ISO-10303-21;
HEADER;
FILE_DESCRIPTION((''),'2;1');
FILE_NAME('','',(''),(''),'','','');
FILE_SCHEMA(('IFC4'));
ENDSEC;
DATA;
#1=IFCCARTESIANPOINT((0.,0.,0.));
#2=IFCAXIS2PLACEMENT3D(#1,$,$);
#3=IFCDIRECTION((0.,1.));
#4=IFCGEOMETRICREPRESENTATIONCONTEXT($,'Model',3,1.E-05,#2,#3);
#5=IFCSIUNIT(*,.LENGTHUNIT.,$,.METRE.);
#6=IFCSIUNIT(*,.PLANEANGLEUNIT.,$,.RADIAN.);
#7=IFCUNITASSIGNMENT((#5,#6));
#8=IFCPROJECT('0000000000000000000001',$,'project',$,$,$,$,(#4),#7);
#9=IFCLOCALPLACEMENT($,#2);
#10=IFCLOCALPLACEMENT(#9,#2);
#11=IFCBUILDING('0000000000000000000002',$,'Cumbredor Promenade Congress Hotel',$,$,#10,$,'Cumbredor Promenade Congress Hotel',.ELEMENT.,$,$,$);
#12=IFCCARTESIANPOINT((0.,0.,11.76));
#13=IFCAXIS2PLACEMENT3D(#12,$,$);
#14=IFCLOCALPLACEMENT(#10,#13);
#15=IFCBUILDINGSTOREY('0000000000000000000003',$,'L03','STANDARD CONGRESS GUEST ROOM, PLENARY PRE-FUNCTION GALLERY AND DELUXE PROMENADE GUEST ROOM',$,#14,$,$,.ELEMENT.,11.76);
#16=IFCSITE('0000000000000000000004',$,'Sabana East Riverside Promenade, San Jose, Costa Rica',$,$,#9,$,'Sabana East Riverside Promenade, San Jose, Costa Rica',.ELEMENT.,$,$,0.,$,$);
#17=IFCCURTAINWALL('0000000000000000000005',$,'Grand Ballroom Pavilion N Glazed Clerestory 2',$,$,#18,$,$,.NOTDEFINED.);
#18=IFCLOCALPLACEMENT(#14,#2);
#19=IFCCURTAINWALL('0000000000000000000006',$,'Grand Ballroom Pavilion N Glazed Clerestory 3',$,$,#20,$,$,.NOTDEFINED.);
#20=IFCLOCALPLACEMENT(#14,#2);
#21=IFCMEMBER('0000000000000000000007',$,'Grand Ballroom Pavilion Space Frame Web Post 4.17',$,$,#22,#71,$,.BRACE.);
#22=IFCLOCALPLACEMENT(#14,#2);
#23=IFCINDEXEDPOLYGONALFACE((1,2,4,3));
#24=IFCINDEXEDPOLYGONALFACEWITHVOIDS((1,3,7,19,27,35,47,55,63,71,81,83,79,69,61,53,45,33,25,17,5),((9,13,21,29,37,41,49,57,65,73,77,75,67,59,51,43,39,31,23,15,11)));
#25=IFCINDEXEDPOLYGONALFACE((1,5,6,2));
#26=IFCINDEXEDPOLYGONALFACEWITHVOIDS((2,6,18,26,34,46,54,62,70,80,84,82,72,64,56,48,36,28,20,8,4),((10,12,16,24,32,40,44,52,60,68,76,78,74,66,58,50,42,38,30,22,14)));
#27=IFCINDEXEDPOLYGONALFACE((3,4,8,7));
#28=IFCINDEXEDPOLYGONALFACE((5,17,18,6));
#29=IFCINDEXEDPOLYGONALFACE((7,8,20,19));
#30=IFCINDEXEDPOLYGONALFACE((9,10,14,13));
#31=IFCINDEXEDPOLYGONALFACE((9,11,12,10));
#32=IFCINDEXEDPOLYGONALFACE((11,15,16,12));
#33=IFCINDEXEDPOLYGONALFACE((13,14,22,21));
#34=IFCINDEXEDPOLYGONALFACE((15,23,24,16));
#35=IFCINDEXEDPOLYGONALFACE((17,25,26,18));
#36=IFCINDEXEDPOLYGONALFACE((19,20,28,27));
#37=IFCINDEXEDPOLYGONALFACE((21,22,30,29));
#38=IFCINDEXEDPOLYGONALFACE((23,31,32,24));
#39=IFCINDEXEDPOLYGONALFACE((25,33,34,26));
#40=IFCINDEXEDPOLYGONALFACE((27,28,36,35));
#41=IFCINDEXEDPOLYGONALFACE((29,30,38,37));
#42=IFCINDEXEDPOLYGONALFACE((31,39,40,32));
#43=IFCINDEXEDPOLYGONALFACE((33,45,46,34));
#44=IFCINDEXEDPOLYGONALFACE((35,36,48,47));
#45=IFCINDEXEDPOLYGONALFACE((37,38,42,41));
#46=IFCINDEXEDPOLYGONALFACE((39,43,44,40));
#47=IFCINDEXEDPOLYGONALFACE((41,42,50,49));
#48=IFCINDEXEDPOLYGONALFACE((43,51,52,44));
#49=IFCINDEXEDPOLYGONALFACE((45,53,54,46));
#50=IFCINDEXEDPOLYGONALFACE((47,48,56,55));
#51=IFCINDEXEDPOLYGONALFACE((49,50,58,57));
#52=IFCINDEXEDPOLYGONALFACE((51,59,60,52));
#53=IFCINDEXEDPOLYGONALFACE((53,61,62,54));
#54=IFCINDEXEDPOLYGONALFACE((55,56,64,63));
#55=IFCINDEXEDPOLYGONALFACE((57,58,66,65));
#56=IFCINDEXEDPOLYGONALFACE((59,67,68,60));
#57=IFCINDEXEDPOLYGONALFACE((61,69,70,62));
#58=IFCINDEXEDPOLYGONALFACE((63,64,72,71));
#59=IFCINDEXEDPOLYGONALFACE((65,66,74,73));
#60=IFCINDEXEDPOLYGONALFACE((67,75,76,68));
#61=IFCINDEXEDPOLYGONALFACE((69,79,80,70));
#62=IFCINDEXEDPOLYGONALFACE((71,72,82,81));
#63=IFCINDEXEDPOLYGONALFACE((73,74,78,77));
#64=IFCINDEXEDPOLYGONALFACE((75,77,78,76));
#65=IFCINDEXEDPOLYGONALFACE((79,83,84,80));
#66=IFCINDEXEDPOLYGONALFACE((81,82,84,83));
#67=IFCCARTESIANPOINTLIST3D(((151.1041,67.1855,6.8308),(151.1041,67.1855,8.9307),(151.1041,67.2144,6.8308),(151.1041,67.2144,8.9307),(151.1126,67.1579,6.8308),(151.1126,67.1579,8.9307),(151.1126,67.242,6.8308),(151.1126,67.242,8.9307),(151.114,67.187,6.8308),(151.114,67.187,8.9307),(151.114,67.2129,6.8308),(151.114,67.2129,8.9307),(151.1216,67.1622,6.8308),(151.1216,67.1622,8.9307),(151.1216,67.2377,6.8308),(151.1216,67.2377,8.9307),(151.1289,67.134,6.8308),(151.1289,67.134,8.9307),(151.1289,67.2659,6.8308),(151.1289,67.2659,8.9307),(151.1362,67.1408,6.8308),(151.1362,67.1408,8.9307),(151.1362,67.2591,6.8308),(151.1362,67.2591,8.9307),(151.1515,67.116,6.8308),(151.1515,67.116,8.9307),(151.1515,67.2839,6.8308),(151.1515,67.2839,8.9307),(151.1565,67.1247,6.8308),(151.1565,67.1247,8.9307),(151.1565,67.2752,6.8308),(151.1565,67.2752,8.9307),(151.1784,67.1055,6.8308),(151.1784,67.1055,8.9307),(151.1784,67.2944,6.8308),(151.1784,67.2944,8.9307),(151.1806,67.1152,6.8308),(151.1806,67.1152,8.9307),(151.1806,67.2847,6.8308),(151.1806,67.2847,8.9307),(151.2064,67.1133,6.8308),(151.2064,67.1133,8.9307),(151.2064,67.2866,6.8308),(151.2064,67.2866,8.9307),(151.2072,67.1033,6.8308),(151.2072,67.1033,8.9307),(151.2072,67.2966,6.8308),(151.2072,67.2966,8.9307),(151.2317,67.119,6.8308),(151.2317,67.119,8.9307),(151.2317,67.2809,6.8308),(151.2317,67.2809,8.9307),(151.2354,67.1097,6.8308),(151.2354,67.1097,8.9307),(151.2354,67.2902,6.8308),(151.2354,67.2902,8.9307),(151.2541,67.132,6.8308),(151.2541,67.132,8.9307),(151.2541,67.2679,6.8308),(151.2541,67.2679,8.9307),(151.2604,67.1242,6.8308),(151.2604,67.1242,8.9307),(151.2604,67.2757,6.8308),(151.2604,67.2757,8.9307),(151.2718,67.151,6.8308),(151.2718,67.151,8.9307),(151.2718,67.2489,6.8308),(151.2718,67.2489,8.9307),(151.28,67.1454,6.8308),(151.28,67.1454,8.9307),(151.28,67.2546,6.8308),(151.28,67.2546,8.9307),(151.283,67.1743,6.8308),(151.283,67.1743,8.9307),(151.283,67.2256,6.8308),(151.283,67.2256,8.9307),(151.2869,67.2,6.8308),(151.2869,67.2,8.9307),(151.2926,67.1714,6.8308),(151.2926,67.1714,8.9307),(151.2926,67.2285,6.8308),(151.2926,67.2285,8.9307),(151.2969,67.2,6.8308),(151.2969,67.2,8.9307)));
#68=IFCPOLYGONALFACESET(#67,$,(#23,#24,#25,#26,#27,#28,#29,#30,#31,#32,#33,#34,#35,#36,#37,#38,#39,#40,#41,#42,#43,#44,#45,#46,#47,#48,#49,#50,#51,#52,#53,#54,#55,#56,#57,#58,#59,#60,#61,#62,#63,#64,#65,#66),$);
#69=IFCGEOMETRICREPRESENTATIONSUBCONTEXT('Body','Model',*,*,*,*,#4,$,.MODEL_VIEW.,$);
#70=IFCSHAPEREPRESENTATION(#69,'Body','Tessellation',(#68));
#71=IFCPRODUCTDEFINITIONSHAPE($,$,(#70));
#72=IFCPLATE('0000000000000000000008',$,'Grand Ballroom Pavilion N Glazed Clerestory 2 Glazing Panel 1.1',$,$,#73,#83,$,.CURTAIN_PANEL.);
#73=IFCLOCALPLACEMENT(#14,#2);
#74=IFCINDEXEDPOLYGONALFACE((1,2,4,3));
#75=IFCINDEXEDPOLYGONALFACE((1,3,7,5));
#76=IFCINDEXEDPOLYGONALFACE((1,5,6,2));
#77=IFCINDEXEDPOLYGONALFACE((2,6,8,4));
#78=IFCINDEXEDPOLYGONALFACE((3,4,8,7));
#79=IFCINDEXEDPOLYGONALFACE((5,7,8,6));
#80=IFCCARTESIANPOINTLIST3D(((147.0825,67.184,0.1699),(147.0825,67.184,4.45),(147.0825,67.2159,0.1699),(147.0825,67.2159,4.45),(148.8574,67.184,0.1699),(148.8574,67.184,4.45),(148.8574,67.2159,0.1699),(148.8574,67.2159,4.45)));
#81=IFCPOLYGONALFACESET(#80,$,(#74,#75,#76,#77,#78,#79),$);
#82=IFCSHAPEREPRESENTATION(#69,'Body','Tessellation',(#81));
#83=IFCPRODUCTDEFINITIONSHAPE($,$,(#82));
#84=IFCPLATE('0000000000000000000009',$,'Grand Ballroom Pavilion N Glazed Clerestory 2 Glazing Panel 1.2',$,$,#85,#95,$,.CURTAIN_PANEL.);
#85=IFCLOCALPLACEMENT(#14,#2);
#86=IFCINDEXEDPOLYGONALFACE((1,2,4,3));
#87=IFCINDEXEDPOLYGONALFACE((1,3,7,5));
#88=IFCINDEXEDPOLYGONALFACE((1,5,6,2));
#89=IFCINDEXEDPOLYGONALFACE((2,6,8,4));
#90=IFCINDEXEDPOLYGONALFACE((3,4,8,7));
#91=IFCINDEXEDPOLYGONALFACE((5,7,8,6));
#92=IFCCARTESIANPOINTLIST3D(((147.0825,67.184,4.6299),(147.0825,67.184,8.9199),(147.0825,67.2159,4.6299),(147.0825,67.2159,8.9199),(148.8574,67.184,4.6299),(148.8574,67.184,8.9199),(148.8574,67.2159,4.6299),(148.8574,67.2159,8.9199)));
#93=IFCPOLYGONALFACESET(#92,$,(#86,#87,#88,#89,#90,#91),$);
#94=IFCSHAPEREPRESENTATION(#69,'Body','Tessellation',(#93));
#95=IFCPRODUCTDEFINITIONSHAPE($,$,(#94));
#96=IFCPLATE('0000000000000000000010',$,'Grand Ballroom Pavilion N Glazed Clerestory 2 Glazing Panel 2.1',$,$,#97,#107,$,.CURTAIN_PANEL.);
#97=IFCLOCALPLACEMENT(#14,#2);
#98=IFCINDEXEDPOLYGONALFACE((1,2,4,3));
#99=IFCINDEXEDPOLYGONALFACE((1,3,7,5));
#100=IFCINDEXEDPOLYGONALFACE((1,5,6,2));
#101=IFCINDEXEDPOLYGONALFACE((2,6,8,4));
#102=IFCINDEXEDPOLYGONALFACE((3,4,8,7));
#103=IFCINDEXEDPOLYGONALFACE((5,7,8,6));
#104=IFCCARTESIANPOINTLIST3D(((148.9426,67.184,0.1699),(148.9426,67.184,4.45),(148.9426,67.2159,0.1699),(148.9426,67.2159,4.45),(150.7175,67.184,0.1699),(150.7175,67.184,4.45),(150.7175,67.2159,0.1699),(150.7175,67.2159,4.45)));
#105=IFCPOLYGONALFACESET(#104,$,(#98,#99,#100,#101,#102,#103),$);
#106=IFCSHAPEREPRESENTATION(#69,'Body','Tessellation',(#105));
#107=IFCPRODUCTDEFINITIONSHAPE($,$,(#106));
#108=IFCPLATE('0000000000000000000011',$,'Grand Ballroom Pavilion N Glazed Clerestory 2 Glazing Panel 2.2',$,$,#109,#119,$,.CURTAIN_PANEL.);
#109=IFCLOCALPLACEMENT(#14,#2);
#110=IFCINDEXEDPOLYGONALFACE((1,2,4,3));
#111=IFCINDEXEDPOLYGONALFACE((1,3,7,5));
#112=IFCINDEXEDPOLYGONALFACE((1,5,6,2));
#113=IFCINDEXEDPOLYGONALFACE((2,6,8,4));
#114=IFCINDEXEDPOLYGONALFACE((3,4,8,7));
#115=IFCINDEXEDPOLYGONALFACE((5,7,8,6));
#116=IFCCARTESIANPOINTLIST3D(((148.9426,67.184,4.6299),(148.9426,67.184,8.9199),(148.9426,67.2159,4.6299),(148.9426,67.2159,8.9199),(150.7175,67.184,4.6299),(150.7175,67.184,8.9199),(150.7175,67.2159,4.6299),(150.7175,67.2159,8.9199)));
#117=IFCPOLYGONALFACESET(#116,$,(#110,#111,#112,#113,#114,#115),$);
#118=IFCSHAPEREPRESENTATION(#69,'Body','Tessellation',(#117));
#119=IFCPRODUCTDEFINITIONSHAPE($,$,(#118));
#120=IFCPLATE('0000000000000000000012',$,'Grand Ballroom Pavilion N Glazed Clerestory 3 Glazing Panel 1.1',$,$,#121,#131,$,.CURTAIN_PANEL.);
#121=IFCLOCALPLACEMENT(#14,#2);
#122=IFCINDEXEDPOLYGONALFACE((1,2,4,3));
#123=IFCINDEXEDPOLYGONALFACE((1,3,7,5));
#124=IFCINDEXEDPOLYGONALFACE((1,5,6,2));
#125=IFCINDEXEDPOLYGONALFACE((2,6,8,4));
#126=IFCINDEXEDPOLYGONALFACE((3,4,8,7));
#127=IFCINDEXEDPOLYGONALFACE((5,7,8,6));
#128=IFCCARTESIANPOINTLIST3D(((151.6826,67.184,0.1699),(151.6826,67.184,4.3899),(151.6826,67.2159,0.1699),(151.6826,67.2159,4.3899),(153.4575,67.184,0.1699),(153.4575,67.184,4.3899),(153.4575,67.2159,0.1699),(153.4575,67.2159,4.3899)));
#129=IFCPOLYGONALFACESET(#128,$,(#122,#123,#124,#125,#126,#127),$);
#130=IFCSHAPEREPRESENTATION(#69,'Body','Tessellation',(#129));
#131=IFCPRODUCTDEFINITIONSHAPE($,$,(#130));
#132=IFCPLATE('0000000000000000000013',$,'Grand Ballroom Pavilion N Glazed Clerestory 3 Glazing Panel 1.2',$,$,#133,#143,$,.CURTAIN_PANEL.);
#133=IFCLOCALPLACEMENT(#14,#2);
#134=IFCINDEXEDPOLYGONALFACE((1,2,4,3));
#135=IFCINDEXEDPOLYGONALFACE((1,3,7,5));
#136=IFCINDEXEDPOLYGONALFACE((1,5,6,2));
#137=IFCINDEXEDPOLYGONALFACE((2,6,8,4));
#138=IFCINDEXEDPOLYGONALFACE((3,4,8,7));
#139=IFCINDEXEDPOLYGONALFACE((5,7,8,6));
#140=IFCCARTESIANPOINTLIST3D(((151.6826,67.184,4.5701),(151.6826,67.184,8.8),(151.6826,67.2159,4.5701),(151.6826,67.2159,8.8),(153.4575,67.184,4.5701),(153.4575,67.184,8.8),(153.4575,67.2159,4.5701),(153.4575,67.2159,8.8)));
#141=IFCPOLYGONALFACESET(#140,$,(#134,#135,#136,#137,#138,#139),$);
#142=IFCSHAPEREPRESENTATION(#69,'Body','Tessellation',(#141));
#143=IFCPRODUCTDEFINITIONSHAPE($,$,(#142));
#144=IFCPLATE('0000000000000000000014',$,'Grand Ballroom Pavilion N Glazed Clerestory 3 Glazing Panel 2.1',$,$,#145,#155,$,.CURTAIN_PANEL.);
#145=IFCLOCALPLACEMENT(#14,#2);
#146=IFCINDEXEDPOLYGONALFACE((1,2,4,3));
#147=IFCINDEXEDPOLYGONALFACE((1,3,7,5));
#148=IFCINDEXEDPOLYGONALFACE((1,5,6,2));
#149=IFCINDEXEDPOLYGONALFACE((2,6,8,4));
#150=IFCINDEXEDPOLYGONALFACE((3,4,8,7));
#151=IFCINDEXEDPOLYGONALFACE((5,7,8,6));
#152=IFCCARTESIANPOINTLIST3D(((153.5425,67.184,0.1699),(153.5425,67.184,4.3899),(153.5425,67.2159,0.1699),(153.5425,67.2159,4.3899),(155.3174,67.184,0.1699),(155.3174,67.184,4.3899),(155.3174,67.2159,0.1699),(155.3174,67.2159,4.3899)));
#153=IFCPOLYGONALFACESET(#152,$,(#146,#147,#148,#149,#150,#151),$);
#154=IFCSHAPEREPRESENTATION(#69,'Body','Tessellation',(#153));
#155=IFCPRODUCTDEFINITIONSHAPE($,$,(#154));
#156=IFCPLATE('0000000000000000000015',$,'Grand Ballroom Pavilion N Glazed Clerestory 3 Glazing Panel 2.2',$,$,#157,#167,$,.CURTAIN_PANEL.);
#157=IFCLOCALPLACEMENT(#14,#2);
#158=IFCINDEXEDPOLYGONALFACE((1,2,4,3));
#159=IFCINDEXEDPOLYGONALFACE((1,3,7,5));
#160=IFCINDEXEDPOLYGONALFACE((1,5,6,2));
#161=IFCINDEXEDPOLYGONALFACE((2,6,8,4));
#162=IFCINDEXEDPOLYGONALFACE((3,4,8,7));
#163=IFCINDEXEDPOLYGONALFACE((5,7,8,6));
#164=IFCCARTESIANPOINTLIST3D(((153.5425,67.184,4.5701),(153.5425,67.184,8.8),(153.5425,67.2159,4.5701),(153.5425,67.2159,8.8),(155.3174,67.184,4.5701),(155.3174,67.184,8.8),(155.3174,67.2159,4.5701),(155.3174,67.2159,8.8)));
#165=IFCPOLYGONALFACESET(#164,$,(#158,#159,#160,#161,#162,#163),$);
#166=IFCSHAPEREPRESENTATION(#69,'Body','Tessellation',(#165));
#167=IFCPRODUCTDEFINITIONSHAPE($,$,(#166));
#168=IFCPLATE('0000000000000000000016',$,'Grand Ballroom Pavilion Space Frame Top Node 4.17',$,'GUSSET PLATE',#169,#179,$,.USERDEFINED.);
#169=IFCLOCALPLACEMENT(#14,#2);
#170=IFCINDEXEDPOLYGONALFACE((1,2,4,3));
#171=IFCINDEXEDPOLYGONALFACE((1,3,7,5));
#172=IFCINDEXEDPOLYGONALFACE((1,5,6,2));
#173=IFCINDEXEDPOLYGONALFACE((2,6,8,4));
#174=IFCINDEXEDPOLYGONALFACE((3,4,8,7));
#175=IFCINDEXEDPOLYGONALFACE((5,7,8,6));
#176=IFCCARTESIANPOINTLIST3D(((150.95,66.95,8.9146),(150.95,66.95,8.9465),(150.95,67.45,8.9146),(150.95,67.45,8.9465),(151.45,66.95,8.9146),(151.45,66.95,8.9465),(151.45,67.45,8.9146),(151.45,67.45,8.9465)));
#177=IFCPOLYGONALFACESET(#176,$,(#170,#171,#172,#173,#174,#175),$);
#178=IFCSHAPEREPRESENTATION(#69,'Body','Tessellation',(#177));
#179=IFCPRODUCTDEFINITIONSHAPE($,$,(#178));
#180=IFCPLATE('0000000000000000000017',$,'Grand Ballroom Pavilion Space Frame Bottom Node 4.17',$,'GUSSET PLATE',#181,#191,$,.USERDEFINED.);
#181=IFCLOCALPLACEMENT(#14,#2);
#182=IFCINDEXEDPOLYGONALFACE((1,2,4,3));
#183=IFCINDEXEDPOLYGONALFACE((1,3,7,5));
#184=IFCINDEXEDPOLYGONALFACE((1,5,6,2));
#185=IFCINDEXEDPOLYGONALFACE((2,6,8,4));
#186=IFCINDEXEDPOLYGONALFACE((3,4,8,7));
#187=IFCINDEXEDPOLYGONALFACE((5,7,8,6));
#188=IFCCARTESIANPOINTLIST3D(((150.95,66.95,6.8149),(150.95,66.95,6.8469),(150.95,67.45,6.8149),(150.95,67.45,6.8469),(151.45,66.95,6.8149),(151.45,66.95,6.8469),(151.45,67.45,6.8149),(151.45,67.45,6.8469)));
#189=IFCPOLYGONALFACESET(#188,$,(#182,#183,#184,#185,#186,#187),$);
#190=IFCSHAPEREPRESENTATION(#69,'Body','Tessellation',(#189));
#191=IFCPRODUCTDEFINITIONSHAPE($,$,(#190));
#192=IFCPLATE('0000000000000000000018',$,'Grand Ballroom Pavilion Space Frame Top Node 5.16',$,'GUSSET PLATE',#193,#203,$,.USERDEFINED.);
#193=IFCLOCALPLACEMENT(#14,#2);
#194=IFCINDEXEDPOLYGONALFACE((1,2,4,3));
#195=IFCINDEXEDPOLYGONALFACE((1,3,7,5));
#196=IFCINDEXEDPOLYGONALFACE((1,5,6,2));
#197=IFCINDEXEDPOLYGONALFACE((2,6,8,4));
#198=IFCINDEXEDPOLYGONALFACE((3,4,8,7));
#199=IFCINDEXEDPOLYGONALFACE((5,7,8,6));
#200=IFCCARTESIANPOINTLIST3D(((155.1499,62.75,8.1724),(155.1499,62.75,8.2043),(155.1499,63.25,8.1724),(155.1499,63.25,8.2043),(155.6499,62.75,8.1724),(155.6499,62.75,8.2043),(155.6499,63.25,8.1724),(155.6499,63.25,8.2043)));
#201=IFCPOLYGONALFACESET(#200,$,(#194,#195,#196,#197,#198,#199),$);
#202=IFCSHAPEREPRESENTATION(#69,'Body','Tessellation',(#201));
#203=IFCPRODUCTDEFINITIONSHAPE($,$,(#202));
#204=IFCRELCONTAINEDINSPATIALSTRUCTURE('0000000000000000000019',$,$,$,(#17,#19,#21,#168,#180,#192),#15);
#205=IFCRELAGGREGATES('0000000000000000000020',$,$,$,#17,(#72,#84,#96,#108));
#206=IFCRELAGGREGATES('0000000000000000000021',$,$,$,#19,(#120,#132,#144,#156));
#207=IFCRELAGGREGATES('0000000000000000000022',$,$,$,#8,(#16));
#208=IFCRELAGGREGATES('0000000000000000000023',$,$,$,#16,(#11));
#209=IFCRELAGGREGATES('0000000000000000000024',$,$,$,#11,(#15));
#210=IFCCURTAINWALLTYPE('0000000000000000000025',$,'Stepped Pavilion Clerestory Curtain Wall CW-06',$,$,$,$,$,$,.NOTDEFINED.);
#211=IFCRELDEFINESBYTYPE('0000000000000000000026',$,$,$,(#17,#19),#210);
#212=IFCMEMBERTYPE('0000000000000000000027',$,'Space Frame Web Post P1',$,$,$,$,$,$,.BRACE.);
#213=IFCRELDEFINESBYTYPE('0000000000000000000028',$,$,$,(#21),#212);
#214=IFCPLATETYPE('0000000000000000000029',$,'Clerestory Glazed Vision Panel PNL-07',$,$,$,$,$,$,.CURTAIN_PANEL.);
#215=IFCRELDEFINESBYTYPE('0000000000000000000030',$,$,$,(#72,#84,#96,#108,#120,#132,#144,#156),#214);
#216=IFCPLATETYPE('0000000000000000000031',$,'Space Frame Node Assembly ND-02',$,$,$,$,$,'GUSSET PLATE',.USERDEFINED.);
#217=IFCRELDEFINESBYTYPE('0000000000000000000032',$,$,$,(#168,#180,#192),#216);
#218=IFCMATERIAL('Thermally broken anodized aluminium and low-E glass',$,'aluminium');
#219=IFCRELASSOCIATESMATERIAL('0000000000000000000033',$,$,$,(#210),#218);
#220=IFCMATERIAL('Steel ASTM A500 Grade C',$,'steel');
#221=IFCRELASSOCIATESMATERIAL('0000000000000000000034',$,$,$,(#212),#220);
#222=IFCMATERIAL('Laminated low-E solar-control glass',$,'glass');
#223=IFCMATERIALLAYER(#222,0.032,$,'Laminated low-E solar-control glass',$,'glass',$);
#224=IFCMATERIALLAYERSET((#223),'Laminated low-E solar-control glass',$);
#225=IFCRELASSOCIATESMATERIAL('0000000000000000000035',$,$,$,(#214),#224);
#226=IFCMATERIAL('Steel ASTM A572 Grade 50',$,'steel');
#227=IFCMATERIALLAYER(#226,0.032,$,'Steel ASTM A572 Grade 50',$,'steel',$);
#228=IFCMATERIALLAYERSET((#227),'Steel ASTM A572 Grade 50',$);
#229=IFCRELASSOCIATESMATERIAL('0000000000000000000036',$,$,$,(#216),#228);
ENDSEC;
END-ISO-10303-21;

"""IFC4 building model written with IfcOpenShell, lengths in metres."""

from ifc_helpers import new_model, si_unit, direction, frame, origin, origin_2d, place, context, subcontext, project, spatial, rectangle, hollow_circle, extrude, material, layer, layer_set, material_profile, profile_set, type_object, element, aggregate, save


model = new_model("IFC4")

# Units and contexts
model_context = context("Model", 3, precision=1e-05, world=origin(), true_north=direction((0.0, 1.0)))
body_context = subcontext(model_context, "Body", "Model", "MODEL_VIEW")
ifc_project = project(units=[si_unit("LENGTHUNIT", "METRE"), si_unit("PLANEANGLEUNIT", "RADIAN")], contexts=[model_context])

# Site, building, storey
site_placement = place(None, origin())
site = spatial("IfcSite", under=ifc_project, at=site_placement, Name="Sabana East Riverside Promenade, San Jose, Costa Rica", LongName="Sabana East Riverside Promenade, San Jose, Costa Rica", CompositionType="ELEMENT", RefElevation=0.0)
building_placement = place(site_placement, origin())
building = spatial("IfcBuilding", under=site, at=building_placement, Name="Cumbredor Promenade Congress Hotel", LongName="Cumbredor Promenade Congress Hotel", CompositionType="ELEMENT")
storey_placement = place(building_placement, frame((0.0, 0.0, 11.76)))
storey = spatial("IfcBuildingStorey", under=building, at=storey_placement, Name="L03", Description="STANDARD CONGRESS GUEST ROOM, PLENARY PRE-FUNCTION GALLERY AND DELUXE PROMENADE GUEST ROOM", CompositionType="ELEMENT", Elevation=11.76)

# Shared definitions
ifc_material_1 = material(Name="Steel ASTM A500 Grade C", Category="steel")

# Curtain walls
ifc_material_2 = material(Name="Thermally broken anodized aluminium and low-E glass", Category="aluminium")
curtain_wall_type = type_object("IfcCurtainWallType", Name="Stepped Pavilion Clerestory Curtain Wall CW-06", PredefinedType="NOTDEFINED", material=ifc_material_2)
curtain_wall_1_placement = place(storey_placement, origin())
curtain_wall_1 = element("IfcCurtainWall", 1, at=curtain_wall_1_placement, inside=storey, type_object=curtain_wall_type, Name="Grand Ballroom Pavilion N Glazed Clerestory 2", PredefinedType="NOTDEFINED")
curtain_wall_2_placement = place(storey_placement, origin())
curtain_wall_2 = element("IfcCurtainWall", 2, at=curtain_wall_2_placement, inside=storey, type_object=curtain_wall_type, Name="Grand Ballroom Pavilion N Glazed Clerestory 3", PredefinedType="NOTDEFINED")

# Member
ifc_material_profile_1 = material_profile(ifc_material_1, hollow_circle(Radius=0.0969, WallThickness=0.01, at=origin_2d()), Name="CHS 193.7x10")
ifc_profile_set_1 = profile_set([ifc_material_profile_1], Name="Steel ASTM A500 Grade C")
member_type_1 = type_object("IfcMemberType", Name="Space Frame Web Post P1", PredefinedType="BRACE", material=ifc_profile_set_1)
member_1_placement = place(storey_placement, frame((151.2, 67.2, 6.8308), z_axis=(0.0, 0.0, 1.0), x_axis=(1.0, 0.0, 0.0)))
element("IfcMember", 3, at=member_1_placement, inside=storey, type_object=member_type_1, Name="Grand Ballroom Pavilion Space Frame Web Post 4.17", PredefinedType="BRACE", context=body_context, shape_type="SweptSolid", body=[
    extrude(hollow_circle(Radius=0.0969, WallThickness=0.01, at=origin_2d()), origin(), (0.0, 0.0, 1.0), 2.0999),
])

# Plates
ifc_material_3 = material(Name="Laminated low-E solar-control glass", Category="glass")
ifc_layer_1 = layer(ifc_material_3, 0.032, Name="Laminated low-E solar-control glass", Category="glass")
ifc_layer_set_1 = layer_set([ifc_layer_1], Name="Laminated low-E solar-control glass")
plate_type_1 = type_object("IfcPlateType", Name="Clerestory Glazed Vision Panel PNL-07", PredefinedType="CURTAIN_PANEL", material=ifc_layer_set_1)
plate_1_placement = place(storey_placement, frame((147.97, 67.2, 0.1699), z_axis=(0.0, 0.0, 1.0), x_axis=(1.0, 0.0, 0.0)))
plate_1 = element("IfcPlate", 4, at=plate_1_placement, type_object=plate_type_1, Name="Grand Ballroom Pavilion N Glazed Clerestory 2 Glazing Panel 1.1", PredefinedType="CURTAIN_PANEL", context=body_context, shape_type="SweptSolid", body=[
    extrude(rectangle(XDim=1.7749, YDim=0.032, at=origin_2d()), origin(), (0.0, 0.0, 1.0), 4.28),
])
plate_2_placement = place(storey_placement, frame((147.97, 67.2, 4.6299), z_axis=(0.0, 0.0, 1.0), x_axis=(1.0, 0.0, 0.0)))
plate_2 = element("IfcPlate", 5, at=plate_2_placement, type_object=plate_type_1, Name="Grand Ballroom Pavilion N Glazed Clerestory 2 Glazing Panel 1.2", PredefinedType="CURTAIN_PANEL", context=body_context, shape_type="SweptSolid", body=[
    extrude(rectangle(XDim=1.7749, YDim=0.032, at=origin_2d()), origin(), (0.0, 0.0, 1.0), 4.29),
])
plate_3_placement = place(storey_placement, frame((149.8301, 67.2, 0.1699), z_axis=(0.0, 0.0, 1.0), x_axis=(1.0, 0.0, 0.0)))
plate_3 = element("IfcPlate", 6, at=plate_3_placement, type_object=plate_type_1, Name="Grand Ballroom Pavilion N Glazed Clerestory 2 Glazing Panel 2.1", PredefinedType="CURTAIN_PANEL", context=body_context, shape_type="SweptSolid", body=[
    extrude(rectangle(XDim=1.7749, YDim=0.032, at=origin_2d()), origin(), (0.0, 0.0, 1.0), 4.28),
])
plate_4_placement = place(storey_placement, frame((149.8301, 67.2, 4.6299), z_axis=(0.0, 0.0, 1.0), x_axis=(1.0, 0.0, 0.0)))
plate_4 = element("IfcPlate", 7, at=plate_4_placement, type_object=plate_type_1, Name="Grand Ballroom Pavilion N Glazed Clerestory 2 Glazing Panel 2.2", PredefinedType="CURTAIN_PANEL", context=body_context, shape_type="SweptSolid", body=[
    extrude(rectangle(XDim=1.7749, YDim=0.032, at=origin_2d()), origin(), (0.0, 0.0, 1.0), 4.29),
])
aggregate(curtain_wall_1, [plate_1, plate_2, plate_3, plate_4])
plate_5_placement = place(storey_placement, frame((152.5701, 67.2, 0.1699), z_axis=(0.0, 0.0, 1.0), x_axis=(1.0, 0.0, 0.0)))
plate_5 = element("IfcPlate", 8, at=plate_5_placement, type_object=plate_type_1, Name="Grand Ballroom Pavilion N Glazed Clerestory 3 Glazing Panel 1.1", PredefinedType="CURTAIN_PANEL", context=body_context, shape_type="SweptSolid", body=[
    extrude(rectangle(XDim=1.7749, YDim=0.032, at=origin_2d()), origin(), (0.0, 0.0, 1.0), 4.22),
])
plate_6_placement = place(storey_placement, frame((152.5701, 67.2, 4.5701), z_axis=(0.0, 0.0, 1.0), x_axis=(1.0, 0.0, 0.0)))
plate_6 = element("IfcPlate", 9, at=plate_6_placement, type_object=plate_type_1, Name="Grand Ballroom Pavilion N Glazed Clerestory 3 Glazing Panel 1.2", PredefinedType="CURTAIN_PANEL", context=body_context, shape_type="SweptSolid", body=[
    extrude(rectangle(XDim=1.7749, YDim=0.032, at=origin_2d()), origin(), (0.0, 0.0, 1.0), 4.23),
])
plate_7_placement = place(storey_placement, frame((154.4299, 67.2, 0.1699), z_axis=(0.0, 0.0, 1.0), x_axis=(1.0, 0.0, 0.0)))
plate_7 = element("IfcPlate", 10, at=plate_7_placement, type_object=plate_type_1, Name="Grand Ballroom Pavilion N Glazed Clerestory 3 Glazing Panel 2.1", PredefinedType="CURTAIN_PANEL", context=body_context, shape_type="SweptSolid", body=[
    extrude(rectangle(XDim=1.7749, YDim=0.032, at=origin_2d()), origin(), (0.0, 0.0, 1.0), 4.22),
])
plate_8_placement = place(storey_placement, frame((154.4299, 67.2, 4.5701), z_axis=(0.0, 0.0, 1.0), x_axis=(1.0, 0.0, 0.0)))
plate_8 = element("IfcPlate", 11, at=plate_8_placement, type_object=plate_type_1, Name="Grand Ballroom Pavilion N Glazed Clerestory 3 Glazing Panel 2.2", PredefinedType="CURTAIN_PANEL", context=body_context, shape_type="SweptSolid", body=[
    extrude(rectangle(XDim=1.7749, YDim=0.032, at=origin_2d()), origin(), (0.0, 0.0, 1.0), 4.23),
])
aggregate(curtain_wall_2, [plate_5, plate_6, plate_7, plate_8])

# Plates
ifc_material_4 = material(Name="Steel ASTM A572 Grade 50", Category="steel")
ifc_layer_2 = layer(ifc_material_4, 0.032, Name="Steel ASTM A572 Grade 50", Category="steel")
ifc_layer_set_2 = layer_set([ifc_layer_2], Name="Steel ASTM A572 Grade 50")
plate_type_2 = type_object("IfcPlateType", Name="Space Frame Node Assembly ND-02", ElementType="GUSSET PLATE", PredefinedType="USERDEFINED", material=ifc_layer_set_2)
for number, where, z_axis, x_axis, name in (
    (12, (151.2, 67.2, 8.9146), (0.0, 0.0, 1.0), (1.0, 0.0, 0.0), "Grand Ballroom Pavilion Space Frame Top Node 4.17"),
    (13, (151.2, 67.2, 6.8149), (0.0, 0.0, 1.0), (1.0, 0.0, 0.0), "Grand Ballroom Pavilion Space Frame Bottom Node 4.17"),
    (14, (155.3999, 63.0, 8.1724), (0.0, 0.0, 1.0), (1.0, 0.0, 0.0), "Grand Ballroom Pavilion Space Frame Top Node 5.16"),
):
    element("IfcPlate", number, at=place(storey_placement, frame(where, z_axis=z_axis, x_axis=x_axis)), inside=storey, type_object=plate_type_2, Name=name, ObjectType="GUSSET PLATE", PredefinedType="USERDEFINED", context=body_context, shape_type="SweptSolid", body=[
        extrude(rectangle(XDim=0.5, YDim=0.5, at=origin_2d()), origin(), (0.0, 0.0, 1.0), 0.032),
    ])

save(model, "model.ifc")
